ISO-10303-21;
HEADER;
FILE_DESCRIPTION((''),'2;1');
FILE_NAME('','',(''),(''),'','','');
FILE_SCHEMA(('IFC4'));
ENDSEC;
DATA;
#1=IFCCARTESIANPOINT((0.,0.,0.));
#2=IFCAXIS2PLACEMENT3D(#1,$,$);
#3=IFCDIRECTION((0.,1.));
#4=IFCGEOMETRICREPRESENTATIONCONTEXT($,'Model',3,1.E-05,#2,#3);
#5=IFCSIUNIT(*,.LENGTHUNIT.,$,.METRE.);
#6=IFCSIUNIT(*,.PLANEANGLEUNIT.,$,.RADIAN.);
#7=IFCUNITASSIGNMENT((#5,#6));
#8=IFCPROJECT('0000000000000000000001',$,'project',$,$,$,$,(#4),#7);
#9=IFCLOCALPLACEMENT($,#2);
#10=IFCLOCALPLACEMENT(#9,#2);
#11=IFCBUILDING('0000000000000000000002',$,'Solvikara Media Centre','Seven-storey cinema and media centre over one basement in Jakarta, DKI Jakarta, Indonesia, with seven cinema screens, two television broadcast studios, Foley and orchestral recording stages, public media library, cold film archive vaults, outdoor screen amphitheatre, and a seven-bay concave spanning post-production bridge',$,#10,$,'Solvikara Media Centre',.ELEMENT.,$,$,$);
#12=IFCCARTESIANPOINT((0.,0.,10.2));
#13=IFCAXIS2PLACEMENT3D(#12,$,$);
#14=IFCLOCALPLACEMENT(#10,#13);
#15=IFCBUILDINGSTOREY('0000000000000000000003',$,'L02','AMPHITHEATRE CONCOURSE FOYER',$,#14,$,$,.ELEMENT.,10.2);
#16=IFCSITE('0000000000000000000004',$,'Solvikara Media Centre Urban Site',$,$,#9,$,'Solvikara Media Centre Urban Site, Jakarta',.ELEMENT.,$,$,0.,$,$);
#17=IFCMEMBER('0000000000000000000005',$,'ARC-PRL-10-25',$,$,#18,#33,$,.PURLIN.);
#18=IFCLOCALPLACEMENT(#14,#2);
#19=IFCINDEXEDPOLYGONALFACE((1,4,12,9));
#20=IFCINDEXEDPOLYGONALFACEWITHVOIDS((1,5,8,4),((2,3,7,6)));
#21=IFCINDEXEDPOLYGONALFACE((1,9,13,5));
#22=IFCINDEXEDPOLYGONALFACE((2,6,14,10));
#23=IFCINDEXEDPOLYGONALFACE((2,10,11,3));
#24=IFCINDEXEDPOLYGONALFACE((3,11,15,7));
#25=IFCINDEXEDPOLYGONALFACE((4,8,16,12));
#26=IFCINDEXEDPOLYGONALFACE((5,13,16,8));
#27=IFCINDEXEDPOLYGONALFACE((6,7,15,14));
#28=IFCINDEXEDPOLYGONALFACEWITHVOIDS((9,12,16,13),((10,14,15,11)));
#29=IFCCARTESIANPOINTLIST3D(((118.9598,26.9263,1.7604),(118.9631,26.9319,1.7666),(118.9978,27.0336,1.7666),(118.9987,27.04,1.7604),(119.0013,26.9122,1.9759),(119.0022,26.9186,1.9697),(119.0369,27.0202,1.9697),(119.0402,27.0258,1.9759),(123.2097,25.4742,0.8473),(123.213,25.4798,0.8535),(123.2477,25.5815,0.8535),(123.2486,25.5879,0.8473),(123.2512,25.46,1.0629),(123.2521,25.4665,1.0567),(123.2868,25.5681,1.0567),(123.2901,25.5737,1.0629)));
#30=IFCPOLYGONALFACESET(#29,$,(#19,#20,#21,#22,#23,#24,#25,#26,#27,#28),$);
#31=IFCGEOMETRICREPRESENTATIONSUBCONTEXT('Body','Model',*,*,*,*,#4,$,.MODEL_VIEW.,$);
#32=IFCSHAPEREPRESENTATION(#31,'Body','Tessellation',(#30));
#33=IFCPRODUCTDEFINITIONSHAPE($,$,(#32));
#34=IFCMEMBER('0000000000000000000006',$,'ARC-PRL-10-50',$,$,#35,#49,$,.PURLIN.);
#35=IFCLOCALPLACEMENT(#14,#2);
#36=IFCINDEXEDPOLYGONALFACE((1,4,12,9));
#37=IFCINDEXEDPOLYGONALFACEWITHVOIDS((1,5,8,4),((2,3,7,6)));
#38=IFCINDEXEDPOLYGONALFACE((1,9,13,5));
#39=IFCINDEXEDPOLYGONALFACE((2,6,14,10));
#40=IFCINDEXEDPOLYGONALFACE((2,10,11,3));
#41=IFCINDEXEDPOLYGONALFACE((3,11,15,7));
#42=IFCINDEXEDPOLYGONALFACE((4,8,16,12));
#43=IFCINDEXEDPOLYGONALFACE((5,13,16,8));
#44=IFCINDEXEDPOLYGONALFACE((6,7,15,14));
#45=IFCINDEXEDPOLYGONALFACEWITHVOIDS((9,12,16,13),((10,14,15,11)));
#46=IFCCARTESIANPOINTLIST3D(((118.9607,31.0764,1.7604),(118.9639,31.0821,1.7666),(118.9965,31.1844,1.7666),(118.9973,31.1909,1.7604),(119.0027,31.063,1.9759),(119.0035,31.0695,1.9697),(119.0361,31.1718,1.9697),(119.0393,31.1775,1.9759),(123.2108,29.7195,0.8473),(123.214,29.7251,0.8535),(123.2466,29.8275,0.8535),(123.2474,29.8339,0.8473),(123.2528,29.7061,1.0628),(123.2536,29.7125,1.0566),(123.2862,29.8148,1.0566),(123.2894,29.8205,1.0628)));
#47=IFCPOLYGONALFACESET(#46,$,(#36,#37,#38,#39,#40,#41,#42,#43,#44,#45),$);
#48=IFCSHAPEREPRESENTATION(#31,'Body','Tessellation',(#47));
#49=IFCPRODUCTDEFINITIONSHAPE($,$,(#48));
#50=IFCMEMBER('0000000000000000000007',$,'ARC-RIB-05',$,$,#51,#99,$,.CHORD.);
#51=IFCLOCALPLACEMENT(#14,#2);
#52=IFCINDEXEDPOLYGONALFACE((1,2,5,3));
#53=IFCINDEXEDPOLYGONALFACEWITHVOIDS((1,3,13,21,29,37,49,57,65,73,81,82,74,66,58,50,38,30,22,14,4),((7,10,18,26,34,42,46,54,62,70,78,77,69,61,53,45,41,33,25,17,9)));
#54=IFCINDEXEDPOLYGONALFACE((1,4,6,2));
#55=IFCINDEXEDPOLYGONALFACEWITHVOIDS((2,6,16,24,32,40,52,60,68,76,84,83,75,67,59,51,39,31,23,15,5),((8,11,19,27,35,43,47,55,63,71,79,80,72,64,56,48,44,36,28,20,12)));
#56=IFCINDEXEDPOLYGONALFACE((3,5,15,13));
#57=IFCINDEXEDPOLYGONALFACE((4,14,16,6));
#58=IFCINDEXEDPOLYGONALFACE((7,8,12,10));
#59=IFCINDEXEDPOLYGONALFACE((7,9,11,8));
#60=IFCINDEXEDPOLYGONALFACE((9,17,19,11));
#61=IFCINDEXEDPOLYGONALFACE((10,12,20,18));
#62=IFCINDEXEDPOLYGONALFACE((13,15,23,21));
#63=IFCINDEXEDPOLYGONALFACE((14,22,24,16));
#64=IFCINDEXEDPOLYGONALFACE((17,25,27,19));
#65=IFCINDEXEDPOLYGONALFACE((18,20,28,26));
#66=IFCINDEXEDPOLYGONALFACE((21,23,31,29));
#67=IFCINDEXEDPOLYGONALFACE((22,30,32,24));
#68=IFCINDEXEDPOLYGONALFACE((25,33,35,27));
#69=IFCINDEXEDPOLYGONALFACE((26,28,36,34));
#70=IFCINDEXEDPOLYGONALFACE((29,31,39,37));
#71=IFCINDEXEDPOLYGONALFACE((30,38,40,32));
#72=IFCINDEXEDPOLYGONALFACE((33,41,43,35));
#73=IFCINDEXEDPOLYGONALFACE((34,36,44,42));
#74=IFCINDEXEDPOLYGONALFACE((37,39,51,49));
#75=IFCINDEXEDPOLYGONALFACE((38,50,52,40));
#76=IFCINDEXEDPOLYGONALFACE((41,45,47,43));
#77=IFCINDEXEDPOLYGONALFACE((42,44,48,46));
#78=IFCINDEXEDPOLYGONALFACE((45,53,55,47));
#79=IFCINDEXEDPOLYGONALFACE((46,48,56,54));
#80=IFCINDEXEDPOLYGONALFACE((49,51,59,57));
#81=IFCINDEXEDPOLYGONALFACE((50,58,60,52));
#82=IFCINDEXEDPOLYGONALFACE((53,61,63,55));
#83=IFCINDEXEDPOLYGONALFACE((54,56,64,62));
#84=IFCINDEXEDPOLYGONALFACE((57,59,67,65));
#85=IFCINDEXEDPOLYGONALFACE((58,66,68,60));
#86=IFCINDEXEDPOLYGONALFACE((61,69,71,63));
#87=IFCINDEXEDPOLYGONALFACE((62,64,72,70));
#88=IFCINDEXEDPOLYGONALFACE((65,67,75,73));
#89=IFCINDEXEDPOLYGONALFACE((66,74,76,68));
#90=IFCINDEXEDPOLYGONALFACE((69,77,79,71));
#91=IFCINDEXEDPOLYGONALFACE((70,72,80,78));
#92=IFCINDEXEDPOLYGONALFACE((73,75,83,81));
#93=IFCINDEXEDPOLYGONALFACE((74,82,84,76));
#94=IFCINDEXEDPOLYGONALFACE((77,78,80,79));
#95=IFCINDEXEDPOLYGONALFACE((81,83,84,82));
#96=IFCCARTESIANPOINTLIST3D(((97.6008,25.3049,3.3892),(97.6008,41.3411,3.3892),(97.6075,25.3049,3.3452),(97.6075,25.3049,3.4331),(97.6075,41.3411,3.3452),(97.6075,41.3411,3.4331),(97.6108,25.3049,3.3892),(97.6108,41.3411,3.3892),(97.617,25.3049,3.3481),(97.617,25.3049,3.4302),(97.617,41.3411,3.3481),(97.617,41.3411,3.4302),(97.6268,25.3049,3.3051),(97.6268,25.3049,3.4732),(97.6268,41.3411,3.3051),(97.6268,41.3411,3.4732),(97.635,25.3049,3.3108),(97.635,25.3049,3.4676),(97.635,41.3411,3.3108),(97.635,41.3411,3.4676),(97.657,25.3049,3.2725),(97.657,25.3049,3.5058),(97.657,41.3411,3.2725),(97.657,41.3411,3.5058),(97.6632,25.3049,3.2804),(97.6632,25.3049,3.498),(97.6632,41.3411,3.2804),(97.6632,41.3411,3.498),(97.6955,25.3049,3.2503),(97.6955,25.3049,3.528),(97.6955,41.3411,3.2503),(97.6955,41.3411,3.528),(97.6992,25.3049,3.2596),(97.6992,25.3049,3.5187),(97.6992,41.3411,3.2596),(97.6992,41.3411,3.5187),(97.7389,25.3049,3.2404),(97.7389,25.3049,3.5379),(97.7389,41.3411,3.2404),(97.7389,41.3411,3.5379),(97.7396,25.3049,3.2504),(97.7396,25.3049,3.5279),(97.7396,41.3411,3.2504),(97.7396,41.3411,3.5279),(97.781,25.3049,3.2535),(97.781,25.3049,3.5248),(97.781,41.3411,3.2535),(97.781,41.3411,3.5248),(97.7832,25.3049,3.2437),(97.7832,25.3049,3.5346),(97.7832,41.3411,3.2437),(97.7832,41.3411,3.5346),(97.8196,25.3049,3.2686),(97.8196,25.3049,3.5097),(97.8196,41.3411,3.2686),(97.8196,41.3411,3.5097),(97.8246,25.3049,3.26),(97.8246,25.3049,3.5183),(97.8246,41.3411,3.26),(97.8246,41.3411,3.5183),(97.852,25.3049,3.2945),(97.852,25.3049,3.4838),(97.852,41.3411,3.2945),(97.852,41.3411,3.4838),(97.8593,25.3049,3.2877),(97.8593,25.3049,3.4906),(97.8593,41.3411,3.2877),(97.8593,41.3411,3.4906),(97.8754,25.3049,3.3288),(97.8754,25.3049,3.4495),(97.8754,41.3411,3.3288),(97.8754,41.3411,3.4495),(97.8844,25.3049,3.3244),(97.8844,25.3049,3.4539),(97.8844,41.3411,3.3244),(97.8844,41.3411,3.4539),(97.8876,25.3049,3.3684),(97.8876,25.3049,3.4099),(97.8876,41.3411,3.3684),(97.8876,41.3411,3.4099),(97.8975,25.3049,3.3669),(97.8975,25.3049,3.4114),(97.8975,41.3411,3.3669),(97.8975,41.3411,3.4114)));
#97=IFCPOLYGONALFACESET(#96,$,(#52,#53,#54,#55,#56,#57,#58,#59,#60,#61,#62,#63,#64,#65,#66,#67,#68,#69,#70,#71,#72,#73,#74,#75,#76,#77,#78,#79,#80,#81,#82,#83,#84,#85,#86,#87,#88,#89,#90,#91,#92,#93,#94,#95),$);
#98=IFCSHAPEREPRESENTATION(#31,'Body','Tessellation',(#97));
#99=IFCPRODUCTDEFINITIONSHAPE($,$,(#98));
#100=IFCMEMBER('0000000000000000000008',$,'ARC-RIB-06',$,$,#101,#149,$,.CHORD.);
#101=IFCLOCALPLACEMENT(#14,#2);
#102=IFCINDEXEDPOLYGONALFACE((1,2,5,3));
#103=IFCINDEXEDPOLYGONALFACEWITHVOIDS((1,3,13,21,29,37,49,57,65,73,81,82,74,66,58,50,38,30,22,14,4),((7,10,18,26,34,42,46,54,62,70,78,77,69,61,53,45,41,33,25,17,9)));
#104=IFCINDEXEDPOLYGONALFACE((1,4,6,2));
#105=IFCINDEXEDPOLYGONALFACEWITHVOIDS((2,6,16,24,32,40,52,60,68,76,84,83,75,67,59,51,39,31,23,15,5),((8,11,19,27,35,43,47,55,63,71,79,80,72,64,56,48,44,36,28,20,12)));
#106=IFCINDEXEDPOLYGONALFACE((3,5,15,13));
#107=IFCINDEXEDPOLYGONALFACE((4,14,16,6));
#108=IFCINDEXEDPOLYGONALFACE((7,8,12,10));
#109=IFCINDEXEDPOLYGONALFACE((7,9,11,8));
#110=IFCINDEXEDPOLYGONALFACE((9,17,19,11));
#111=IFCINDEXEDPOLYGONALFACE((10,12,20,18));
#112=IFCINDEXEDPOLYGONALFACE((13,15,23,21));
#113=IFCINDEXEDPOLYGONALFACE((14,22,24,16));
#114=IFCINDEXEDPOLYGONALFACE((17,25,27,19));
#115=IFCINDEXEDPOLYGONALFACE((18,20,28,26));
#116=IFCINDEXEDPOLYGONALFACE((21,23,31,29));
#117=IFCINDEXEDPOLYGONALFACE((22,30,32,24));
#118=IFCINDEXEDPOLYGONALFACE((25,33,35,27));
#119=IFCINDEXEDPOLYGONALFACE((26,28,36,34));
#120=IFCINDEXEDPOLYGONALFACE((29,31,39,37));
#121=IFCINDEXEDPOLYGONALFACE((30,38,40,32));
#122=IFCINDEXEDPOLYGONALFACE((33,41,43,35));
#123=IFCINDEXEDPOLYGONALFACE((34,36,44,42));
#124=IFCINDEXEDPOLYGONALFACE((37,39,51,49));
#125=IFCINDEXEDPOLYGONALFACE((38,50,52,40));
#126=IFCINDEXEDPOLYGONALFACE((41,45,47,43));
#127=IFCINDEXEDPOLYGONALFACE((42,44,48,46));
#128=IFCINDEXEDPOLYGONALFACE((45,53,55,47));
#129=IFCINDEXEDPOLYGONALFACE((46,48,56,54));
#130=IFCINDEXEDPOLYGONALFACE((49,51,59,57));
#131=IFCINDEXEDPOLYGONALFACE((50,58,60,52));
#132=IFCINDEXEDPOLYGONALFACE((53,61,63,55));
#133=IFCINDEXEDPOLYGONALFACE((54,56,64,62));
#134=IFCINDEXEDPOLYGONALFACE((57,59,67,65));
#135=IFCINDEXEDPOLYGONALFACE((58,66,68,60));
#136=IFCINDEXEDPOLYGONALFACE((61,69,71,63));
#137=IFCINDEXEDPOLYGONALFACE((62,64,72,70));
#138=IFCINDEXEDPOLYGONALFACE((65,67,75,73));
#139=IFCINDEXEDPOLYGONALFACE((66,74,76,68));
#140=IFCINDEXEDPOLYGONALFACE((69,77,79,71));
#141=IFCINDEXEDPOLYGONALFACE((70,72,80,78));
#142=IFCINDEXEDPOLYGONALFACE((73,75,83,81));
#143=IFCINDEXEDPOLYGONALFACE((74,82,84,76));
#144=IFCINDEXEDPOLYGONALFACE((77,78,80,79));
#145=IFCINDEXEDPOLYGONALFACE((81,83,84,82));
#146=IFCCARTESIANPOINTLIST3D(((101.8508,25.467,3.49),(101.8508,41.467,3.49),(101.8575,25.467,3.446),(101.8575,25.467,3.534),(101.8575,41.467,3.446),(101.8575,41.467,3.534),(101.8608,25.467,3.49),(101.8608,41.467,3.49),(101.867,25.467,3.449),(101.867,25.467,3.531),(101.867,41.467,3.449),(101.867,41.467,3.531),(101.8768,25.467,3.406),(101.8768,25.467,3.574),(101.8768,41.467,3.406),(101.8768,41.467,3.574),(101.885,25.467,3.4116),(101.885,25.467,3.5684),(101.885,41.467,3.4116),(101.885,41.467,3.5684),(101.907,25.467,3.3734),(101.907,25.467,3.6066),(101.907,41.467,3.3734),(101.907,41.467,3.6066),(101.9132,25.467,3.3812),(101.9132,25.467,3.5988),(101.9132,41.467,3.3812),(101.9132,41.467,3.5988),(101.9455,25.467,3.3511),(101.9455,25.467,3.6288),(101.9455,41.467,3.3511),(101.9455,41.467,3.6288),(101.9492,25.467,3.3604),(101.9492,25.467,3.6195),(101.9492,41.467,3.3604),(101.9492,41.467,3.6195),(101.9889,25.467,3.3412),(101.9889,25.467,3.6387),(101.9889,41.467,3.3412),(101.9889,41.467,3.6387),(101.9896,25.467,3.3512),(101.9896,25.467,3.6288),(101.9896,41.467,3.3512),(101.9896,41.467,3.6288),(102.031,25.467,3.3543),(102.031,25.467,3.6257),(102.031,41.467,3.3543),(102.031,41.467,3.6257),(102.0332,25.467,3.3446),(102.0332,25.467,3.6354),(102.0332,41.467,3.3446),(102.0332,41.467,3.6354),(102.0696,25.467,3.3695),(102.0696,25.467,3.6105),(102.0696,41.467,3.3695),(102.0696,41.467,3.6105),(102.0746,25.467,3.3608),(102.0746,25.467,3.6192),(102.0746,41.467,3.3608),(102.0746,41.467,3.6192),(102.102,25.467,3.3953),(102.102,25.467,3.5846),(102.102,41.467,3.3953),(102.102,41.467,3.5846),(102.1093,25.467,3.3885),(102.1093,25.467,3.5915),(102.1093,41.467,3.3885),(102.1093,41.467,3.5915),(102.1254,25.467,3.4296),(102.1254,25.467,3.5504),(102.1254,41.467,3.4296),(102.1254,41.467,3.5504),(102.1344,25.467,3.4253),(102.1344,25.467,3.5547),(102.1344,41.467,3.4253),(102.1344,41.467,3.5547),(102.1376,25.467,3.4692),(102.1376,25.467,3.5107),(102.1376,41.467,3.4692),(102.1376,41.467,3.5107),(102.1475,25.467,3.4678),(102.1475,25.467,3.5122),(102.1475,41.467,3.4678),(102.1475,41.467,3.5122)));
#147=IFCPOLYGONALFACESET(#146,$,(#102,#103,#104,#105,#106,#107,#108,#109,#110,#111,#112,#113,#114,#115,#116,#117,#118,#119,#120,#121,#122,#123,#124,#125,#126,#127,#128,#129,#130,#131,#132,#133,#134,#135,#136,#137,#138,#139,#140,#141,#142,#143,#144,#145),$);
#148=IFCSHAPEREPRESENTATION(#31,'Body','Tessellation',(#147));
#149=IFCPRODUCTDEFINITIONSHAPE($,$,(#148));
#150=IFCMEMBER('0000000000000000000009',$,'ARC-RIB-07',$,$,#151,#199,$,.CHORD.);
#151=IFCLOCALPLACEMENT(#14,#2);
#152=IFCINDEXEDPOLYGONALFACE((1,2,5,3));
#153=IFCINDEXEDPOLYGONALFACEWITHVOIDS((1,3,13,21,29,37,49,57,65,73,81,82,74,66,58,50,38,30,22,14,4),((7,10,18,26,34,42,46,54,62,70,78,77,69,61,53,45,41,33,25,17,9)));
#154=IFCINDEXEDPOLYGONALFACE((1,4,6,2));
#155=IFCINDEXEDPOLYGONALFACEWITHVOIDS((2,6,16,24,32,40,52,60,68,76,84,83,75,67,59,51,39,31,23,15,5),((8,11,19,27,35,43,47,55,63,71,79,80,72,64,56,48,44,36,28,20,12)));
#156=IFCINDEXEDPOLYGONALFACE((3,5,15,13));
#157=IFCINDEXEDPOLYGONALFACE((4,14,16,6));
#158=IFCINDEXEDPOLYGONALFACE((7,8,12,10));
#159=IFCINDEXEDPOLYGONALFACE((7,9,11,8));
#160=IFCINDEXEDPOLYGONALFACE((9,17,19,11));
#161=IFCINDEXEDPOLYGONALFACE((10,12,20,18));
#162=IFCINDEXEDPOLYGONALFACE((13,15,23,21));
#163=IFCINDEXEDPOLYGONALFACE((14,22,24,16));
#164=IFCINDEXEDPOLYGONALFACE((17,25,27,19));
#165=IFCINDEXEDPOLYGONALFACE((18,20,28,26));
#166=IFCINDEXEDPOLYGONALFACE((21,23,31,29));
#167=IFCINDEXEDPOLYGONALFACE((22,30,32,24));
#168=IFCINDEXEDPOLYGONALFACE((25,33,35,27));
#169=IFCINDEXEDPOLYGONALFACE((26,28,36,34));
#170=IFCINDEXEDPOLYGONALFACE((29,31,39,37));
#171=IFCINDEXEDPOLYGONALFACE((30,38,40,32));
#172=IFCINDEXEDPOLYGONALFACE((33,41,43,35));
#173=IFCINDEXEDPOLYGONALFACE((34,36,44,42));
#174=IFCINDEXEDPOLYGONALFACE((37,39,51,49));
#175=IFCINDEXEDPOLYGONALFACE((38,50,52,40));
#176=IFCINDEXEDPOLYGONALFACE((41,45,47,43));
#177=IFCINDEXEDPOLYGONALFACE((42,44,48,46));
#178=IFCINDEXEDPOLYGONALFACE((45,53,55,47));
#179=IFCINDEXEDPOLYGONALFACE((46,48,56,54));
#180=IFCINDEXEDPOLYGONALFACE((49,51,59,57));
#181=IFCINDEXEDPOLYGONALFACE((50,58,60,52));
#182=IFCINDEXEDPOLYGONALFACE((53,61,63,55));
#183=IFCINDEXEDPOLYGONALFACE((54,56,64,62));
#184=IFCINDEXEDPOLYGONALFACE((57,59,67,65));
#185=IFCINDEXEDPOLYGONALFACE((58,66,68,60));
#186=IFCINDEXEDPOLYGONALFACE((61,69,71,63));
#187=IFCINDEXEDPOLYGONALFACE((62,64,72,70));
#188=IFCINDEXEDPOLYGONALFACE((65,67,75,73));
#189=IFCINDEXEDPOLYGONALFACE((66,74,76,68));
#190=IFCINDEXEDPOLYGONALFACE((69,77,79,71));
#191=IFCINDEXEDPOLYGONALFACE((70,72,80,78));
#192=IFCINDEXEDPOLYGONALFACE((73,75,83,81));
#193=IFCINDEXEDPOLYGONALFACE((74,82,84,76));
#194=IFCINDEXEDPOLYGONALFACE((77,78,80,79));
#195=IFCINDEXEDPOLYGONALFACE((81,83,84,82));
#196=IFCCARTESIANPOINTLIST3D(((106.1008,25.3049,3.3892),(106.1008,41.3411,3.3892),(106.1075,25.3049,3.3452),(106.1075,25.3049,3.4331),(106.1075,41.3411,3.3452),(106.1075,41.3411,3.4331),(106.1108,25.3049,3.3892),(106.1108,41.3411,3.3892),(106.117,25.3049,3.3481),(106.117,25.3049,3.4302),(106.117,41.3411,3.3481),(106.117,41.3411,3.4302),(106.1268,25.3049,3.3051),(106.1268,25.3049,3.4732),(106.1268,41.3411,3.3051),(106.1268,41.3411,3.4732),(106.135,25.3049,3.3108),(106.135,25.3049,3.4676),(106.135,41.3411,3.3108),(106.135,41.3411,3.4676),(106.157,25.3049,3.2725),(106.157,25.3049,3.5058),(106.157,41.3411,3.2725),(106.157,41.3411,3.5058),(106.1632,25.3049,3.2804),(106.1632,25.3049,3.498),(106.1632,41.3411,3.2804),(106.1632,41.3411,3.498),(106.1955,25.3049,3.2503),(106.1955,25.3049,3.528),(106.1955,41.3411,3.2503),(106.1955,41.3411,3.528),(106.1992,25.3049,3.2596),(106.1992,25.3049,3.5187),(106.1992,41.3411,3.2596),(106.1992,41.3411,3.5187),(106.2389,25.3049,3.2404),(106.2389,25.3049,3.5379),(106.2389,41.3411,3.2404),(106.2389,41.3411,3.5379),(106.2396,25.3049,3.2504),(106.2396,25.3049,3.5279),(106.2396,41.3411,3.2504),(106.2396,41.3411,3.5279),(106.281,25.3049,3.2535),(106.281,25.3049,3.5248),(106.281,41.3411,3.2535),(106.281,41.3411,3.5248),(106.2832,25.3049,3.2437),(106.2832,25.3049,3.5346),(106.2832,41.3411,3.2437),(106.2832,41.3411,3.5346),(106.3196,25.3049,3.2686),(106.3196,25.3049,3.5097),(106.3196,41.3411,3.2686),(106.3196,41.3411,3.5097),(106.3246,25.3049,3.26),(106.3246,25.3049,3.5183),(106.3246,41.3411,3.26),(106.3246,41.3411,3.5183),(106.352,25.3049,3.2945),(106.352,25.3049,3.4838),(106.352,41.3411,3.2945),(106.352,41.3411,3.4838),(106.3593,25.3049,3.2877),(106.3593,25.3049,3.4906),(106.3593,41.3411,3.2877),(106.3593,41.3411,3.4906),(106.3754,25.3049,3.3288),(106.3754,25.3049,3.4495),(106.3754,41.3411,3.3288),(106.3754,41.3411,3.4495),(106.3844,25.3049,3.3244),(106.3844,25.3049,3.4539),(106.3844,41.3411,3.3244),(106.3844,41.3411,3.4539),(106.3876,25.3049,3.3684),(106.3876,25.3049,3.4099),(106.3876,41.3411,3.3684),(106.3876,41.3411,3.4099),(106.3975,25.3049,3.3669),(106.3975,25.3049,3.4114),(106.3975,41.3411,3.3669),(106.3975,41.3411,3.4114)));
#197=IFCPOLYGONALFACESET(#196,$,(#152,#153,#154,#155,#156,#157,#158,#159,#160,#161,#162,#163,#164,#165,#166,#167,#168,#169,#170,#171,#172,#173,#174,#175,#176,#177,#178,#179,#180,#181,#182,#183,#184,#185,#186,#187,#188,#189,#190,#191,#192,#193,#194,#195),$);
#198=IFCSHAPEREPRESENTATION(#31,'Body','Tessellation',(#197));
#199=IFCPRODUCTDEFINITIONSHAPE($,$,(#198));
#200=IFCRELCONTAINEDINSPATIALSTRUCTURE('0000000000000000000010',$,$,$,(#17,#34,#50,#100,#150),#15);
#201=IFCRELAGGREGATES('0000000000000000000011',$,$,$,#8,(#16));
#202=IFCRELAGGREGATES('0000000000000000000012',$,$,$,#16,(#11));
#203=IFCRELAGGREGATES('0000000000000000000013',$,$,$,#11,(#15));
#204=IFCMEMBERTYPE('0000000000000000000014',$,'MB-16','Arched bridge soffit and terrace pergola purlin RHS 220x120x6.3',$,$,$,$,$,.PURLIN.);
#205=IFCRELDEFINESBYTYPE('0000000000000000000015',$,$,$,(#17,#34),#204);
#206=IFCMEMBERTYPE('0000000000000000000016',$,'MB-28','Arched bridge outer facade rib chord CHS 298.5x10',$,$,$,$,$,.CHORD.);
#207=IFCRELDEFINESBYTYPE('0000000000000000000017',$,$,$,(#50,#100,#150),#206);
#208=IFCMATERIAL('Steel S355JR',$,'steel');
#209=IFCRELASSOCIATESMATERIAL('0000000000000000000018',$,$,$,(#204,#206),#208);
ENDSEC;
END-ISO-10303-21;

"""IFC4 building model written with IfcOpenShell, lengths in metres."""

from ifc_helpers import new_model, si_unit, direction, frame, origin, origin_2d, place, context, subcontext, project, spatial, hollow_rectangle, hollow_circle, extrude, material, material_profile, profile_set, type_object, element, save


model = new_model("IFC4")

# Units and contexts
model_context = context("Model", 3, precision=1e-05, world=origin(), true_north=direction((0.0, 1.0)))
body_context = subcontext(model_context, "Body", "Model", "MODEL_VIEW")
ifc_project = project(units=[si_unit("LENGTHUNIT", "METRE"), si_unit("PLANEANGLEUNIT", "RADIAN")], contexts=[model_context])

# Site, building, storey
site_placement = place(None, origin())
site = spatial("IfcSite", under=ifc_project, at=site_placement, Name="Solvikara Media Centre Urban Site", LongName="Solvikara Media Centre Urban Site, Jakarta", CompositionType="ELEMENT", RefElevation=0.0)
building_placement = place(site_placement, origin())
building = spatial("IfcBuilding", under=site, at=building_placement, Name="Solvikara Media Centre", Description="Seven-storey cinema and media centre over one basement in Jakarta, DKI Jakarta, Indonesia, with seven cinema screens, two television broadcast studios, Foley and orchestral recording stages, public media library, cold film archive vaults, outdoor screen amphitheatre, and a seven-bay concave spanning post-production bridge", LongName="Solvikara Media Centre", CompositionType="ELEMENT")
storey_placement = place(building_placement, frame((0.0, 0.0, 10.2)))
storey = spatial("IfcBuildingStorey", under=building, at=storey_placement, Name="L02", Description="AMPHITHEATRE CONCOURSE FOYER", CompositionType="ELEMENT", Elevation=10.2)

# Members
ifc_material_1 = material(Name="Steel S355JR", Category="steel")
ifc_material_profile_1 = material_profile(ifc_material_1, hollow_rectangle(XDim=0.1201, YDim=0.22, WallThickness=0.0063, at=origin_2d()), Name="RHS 220x120x6.3")
ifc_profile_set_1 = profile_set([ifc_material_profile_1], Name="Steel S355JR")
member_type_1 = type_object("IfcMemberType", Name="MB-16", Description="Arched bridge soffit and terrace pergola purlin RHS 220x120x6.3", PredefinedType="PURLIN", material=ifc_profile_set_1)
member_1_placement = place(storey_placement, frame((119.0, 26.9761, 1.8682), z_axis=(0.927317, -0.316847, -0.199228), x_axis=(0.323329, 0.946287, 0.0)))
element("IfcMember", 1, at=member_1_placement, inside=storey, type_object=member_type_1, Name="ARC-PRL-10-25", PredefinedType="PURLIN", context=body_context, shape_type="SweptSolid", body=[
    extrude(hollow_rectangle(XDim=0.1201, YDim=0.22, WallThickness=0.0063, at=origin_2d()), origin(), (0.0, 0.0, 1.0), 4.583),
])
member_2_placement = place(storey_placement, frame((119.0, 31.127, 1.8682), z_axis=(0.933277, -0.297975, -0.200509), x_axis=(0.304152, 0.952623, 0.0)))
element("IfcMember", 2, at=member_2_placement, inside=storey, type_object=member_type_1, Name="ARC-PRL-10-50", PredefinedType="PURLIN", context=body_context, shape_type="SweptSolid", body=[
    extrude(hollow_rectangle(XDim=0.1201, YDim=0.22, WallThickness=0.0063, at=origin_2d()), origin(), (0.0, 0.0, 1.0), 4.554),
])
ifc_material_profile_2 = material_profile(ifc_material_1, hollow_circle(Radius=0.1492, WallThickness=0.01, at=origin_2d()), Name="CHS 298.5x10")
ifc_profile_set_2 = profile_set([ifc_material_profile_2], Name="Steel S355JR")
member_type_2 = type_object("IfcMemberType", Name="MB-28", Description="Arched bridge outer facade rib chord CHS 298.5x10", PredefinedType="CHORD", material=ifc_profile_set_2)
member_3_placement = place(storey_placement, frame((97.75, 25.3049, 3.3892), z_axis=(0.0, 1.0, 0.0), x_axis=(-1.0, 0.0, 0.0)))
element("IfcMember", 3, at=member_3_placement, inside=storey, type_object=member_type_2, Name="ARC-RIB-05", PredefinedType="CHORD", context=body_context, shape_type="SweptSolid", body=[
    extrude(hollow_circle(Radius=0.1492, WallThickness=0.01, at=origin_2d()), origin(), (0.0, 0.0, 1.0), 16.0361),
])
member_4_placement = place(storey_placement, frame((102.0, 25.467, 3.49), z_axis=(0.0, 1.0, 0.0), x_axis=(-1.0, 0.0, 0.0)))
element("IfcMember", 4, at=member_4_placement, inside=storey, type_object=member_type_2, Name="ARC-RIB-06", PredefinedType="CHORD", context=body_context, shape_type="SweptSolid", body=[
    extrude(hollow_circle(Radius=0.1492, WallThickness=0.01, at=origin_2d()), origin(), (0.0, 0.0, 1.0), 16.0),
])
member_5_placement = place(storey_placement, frame((106.25, 25.3049, 3.3892), z_axis=(0.0, 1.0, 0.0), x_axis=(-1.0, 0.0, 0.0)))
element("IfcMember", 5, at=member_5_placement, inside=storey, type_object=member_type_2, Name="ARC-RIB-07", PredefinedType="CHORD", context=body_context, shape_type="SweptSolid", body=[
    extrude(hollow_circle(Radius=0.1492, WallThickness=0.01, at=origin_2d()), origin(), (0.0, 0.0, 1.0), 16.0361),
])

save(model, "model.ifc")
